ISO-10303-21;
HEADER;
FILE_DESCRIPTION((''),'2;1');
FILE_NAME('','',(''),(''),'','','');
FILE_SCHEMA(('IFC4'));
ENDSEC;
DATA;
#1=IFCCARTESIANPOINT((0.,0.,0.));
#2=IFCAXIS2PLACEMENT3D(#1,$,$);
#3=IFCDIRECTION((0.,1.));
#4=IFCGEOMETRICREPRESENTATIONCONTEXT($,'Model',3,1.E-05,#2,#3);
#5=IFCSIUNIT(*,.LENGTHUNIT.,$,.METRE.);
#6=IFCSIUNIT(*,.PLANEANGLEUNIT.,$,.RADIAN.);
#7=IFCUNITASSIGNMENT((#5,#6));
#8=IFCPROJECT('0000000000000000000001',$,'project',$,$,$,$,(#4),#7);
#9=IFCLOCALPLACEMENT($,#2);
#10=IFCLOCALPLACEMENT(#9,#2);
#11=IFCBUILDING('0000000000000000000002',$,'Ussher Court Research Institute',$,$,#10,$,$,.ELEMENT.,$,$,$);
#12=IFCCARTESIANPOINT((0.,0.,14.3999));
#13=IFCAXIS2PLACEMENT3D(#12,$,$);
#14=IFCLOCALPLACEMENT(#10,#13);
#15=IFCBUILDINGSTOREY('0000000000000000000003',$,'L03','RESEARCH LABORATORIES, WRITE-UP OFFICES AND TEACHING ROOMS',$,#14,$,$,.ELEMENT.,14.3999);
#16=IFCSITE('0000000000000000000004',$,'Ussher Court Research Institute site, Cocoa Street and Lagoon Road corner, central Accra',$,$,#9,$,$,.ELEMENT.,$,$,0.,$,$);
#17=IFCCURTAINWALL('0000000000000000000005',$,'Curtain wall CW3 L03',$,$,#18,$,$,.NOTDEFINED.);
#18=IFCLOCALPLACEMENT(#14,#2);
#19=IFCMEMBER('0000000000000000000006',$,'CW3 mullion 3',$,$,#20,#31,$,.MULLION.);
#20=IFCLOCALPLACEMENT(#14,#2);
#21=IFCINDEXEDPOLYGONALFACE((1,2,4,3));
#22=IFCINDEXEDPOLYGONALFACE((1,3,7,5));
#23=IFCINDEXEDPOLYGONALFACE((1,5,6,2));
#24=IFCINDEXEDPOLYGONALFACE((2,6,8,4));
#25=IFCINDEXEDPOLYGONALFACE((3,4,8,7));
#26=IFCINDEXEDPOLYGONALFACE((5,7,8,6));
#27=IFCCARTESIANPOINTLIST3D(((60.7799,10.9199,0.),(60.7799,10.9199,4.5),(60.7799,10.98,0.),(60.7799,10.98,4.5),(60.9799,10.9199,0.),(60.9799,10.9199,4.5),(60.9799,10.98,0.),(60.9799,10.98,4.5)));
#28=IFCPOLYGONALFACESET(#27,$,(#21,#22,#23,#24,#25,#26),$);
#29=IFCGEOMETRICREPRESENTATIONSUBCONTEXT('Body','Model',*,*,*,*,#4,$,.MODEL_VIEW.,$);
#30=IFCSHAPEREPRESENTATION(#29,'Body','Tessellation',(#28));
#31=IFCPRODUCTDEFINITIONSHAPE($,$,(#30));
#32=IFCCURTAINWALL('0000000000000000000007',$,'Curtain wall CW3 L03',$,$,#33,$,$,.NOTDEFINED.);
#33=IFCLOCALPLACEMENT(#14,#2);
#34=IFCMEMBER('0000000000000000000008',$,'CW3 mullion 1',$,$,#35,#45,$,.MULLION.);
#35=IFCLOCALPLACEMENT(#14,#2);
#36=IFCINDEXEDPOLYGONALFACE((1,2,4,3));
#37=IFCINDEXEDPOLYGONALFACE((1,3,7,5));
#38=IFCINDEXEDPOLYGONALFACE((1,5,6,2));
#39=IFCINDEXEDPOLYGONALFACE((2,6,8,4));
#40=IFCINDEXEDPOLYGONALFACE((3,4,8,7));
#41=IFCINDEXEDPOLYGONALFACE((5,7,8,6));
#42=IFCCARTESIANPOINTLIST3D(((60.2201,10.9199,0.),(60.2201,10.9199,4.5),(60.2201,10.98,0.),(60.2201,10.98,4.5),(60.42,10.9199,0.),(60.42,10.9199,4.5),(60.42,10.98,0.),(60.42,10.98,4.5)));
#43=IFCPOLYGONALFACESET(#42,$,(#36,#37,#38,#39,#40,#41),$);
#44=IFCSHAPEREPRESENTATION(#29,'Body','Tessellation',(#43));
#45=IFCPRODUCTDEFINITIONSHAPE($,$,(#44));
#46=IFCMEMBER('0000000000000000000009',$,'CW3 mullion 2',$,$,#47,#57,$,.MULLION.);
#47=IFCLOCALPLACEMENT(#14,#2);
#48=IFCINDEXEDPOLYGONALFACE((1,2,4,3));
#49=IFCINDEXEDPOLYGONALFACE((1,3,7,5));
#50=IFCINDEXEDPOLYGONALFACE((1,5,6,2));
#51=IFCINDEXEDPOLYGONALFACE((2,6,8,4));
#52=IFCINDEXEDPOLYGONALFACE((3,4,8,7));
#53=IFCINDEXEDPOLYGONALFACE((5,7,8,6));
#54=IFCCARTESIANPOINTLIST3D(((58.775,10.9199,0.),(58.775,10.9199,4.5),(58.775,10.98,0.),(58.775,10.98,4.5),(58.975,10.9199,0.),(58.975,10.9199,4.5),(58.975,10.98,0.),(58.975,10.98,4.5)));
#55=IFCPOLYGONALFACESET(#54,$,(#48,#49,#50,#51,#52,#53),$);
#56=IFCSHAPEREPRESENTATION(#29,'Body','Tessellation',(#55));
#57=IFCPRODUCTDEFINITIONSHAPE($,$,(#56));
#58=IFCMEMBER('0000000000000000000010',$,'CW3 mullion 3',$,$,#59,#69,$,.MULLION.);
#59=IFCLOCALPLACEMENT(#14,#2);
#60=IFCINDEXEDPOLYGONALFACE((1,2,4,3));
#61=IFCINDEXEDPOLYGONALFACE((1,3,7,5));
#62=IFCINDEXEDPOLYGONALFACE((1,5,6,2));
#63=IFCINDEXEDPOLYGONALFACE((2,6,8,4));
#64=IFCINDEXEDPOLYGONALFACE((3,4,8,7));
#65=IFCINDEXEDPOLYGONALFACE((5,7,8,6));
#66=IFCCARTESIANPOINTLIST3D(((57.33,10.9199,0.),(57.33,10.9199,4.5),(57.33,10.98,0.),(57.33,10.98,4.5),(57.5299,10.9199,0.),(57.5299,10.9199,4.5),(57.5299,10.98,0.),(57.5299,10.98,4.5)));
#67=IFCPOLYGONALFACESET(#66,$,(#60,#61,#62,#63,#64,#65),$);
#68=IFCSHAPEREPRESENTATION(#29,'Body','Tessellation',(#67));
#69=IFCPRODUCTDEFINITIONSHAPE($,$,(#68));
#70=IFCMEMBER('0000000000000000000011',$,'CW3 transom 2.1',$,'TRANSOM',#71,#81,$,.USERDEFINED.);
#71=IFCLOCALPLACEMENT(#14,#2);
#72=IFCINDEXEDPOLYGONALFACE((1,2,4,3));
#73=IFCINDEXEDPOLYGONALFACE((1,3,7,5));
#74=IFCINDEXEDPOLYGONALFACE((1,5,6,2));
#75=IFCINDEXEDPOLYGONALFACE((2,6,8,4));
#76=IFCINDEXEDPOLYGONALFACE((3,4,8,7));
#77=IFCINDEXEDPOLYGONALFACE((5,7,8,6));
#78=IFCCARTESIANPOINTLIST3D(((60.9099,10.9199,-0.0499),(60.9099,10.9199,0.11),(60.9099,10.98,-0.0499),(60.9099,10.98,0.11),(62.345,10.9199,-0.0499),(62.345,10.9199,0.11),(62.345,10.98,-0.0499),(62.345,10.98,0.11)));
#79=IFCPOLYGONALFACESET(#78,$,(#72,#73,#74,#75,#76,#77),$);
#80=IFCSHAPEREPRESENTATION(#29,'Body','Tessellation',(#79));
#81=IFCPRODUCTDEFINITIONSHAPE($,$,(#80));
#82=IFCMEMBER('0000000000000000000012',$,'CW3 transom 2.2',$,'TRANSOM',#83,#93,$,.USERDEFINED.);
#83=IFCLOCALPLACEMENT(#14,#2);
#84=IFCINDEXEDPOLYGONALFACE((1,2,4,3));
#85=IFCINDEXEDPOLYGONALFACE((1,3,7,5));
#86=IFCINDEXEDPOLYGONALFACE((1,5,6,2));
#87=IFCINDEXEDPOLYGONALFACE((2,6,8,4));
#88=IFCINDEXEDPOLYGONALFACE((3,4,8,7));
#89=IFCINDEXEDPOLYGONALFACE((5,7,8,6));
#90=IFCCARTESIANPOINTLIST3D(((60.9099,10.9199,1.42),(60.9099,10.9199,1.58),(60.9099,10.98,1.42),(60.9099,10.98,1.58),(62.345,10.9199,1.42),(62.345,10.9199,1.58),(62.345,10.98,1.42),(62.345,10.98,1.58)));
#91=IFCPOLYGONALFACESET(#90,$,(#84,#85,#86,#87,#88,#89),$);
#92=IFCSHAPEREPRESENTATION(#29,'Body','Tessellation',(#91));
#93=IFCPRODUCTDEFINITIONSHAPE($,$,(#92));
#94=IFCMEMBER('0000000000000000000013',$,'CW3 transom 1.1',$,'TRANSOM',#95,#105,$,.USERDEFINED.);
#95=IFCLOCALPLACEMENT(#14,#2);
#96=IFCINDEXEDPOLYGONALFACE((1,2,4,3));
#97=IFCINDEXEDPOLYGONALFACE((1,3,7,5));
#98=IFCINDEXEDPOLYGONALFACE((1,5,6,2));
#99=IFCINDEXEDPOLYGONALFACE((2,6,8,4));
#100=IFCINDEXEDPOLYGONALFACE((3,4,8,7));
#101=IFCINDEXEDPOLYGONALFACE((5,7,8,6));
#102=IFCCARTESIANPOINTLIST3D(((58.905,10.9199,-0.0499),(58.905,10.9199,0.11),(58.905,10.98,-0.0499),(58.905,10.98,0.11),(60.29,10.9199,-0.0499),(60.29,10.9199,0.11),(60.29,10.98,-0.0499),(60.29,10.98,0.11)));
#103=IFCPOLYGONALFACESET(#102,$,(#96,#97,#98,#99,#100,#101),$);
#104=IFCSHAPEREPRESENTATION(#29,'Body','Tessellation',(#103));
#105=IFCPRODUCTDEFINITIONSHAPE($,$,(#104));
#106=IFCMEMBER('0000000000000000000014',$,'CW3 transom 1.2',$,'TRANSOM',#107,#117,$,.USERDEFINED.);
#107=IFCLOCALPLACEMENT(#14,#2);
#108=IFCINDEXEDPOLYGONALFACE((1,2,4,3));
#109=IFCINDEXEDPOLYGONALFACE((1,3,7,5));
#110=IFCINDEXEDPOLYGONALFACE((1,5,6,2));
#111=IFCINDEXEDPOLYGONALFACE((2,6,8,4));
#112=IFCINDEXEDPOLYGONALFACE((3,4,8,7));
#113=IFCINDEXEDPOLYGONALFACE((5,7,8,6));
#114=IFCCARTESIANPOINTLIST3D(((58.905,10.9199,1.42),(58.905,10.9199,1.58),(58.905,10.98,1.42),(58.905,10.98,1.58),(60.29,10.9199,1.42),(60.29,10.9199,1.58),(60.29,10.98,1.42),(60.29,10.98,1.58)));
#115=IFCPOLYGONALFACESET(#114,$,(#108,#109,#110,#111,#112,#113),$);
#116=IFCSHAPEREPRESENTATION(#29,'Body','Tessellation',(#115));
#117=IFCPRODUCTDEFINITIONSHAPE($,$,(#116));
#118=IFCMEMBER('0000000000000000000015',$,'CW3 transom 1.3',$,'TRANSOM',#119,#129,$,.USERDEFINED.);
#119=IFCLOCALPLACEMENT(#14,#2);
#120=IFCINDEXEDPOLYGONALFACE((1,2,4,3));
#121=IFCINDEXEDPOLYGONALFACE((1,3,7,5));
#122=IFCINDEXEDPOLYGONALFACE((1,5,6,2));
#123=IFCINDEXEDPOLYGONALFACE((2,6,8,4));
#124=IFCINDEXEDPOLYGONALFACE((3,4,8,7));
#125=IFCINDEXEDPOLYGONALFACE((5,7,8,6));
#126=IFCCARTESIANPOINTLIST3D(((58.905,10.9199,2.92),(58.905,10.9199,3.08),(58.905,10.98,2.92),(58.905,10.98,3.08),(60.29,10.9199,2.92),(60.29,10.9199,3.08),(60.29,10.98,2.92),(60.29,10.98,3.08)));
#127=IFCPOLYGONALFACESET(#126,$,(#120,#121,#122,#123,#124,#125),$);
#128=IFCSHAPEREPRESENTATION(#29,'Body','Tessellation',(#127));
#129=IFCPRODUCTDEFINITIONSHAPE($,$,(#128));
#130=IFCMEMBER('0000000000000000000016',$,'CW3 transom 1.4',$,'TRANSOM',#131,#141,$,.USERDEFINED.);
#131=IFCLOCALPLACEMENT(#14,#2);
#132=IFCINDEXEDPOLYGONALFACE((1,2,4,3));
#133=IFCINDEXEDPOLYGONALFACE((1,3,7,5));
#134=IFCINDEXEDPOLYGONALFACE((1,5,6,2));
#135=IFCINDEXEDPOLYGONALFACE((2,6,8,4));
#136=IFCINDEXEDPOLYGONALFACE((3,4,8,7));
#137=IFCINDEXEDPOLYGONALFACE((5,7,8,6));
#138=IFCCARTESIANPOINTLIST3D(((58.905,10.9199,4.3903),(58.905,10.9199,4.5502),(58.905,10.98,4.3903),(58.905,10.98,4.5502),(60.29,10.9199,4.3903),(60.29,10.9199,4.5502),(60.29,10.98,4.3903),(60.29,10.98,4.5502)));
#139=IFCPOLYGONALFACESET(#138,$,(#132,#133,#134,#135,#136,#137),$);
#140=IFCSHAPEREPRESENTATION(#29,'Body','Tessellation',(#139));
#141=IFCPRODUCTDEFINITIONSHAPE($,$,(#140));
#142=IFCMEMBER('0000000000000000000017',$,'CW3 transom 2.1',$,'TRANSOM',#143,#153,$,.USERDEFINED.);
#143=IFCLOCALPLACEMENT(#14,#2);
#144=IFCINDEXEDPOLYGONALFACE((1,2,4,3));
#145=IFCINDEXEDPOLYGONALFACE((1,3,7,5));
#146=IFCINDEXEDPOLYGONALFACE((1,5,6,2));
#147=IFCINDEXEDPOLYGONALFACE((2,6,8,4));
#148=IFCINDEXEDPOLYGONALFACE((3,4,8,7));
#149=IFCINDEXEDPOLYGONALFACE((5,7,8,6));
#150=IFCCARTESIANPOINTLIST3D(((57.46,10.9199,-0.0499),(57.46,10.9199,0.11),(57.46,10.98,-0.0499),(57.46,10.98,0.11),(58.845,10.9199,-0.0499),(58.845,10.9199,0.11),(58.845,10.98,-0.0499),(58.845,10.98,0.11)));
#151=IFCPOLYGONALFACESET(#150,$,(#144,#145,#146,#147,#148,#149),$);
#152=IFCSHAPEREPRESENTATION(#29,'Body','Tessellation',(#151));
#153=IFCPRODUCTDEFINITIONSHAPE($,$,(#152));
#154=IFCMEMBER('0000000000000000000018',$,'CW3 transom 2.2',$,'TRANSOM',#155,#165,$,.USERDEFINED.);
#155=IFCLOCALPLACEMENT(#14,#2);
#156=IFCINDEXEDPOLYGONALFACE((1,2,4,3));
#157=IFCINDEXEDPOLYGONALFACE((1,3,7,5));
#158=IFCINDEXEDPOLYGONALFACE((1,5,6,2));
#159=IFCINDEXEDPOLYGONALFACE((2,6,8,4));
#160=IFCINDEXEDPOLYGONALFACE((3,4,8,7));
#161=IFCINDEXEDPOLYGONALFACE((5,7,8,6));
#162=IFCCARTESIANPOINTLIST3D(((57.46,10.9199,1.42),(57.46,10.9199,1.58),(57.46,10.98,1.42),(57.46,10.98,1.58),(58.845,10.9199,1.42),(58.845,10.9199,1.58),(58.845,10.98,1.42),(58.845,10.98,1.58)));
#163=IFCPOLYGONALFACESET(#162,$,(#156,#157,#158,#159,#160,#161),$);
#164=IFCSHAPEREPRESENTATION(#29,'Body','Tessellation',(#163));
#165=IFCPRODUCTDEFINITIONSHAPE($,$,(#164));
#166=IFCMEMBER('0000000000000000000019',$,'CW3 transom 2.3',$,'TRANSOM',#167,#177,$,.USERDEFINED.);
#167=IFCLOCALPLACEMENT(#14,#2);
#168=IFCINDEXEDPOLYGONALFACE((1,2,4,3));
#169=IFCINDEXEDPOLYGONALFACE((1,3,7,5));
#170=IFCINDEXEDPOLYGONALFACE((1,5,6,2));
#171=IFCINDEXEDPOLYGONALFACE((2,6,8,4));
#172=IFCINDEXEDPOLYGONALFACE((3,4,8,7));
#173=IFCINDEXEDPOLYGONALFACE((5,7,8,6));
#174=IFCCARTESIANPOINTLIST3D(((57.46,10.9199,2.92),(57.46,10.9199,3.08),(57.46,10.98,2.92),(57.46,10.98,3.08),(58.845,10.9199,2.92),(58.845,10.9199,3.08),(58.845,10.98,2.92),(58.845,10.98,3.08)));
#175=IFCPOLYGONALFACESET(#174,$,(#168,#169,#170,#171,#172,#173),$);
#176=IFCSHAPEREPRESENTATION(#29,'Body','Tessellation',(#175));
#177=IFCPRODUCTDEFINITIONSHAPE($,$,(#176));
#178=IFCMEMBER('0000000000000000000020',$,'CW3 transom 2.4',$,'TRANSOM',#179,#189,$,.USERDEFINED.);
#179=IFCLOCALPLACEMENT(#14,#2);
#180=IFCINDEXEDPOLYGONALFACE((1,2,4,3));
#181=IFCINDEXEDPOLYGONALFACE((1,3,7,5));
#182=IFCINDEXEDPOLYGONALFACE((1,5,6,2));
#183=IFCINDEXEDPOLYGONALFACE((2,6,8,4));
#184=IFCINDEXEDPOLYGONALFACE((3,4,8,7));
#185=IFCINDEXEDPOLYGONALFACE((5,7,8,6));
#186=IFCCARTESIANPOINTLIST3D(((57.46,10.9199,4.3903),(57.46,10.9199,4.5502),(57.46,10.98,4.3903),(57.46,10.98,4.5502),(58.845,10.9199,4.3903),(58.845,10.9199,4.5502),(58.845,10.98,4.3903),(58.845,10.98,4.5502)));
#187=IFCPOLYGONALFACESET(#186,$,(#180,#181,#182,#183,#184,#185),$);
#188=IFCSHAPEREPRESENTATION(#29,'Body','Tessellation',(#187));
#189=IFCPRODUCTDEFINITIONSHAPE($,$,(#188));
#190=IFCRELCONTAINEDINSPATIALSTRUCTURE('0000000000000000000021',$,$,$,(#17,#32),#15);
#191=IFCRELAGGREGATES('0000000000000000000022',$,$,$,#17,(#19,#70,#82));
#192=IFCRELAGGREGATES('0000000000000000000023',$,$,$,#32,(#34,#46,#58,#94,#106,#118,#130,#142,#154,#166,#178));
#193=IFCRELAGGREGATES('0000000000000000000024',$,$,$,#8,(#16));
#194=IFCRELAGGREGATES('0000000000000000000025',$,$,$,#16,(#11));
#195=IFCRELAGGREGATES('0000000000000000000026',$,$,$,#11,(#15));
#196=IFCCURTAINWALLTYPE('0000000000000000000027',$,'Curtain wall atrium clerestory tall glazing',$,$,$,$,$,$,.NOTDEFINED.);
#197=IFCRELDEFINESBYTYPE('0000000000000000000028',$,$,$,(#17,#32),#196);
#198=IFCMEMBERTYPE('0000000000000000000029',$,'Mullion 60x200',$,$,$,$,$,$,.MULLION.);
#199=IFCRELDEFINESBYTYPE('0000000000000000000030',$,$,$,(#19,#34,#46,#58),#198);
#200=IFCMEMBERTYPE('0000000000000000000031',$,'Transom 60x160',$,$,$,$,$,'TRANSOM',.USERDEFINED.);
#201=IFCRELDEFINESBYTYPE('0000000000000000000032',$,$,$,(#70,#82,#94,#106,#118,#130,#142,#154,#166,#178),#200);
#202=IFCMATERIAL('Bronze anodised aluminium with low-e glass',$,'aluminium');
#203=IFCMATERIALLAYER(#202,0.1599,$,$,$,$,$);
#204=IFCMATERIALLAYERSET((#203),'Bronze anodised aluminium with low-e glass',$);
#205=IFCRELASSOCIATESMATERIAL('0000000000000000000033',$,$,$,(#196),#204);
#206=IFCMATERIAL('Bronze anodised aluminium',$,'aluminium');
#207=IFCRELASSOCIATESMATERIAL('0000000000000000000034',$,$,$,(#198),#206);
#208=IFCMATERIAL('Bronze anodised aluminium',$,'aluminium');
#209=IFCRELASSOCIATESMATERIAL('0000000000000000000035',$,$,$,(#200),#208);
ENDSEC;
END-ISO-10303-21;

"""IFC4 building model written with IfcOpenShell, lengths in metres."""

from ifc_helpers import new_model, si_unit, direction, frame, origin, origin_2d, place, context, subcontext, project, spatial, rectangle, extrude, material, layer, layer_set, material_profile, profile_set, type_object, element, aggregate, save


model = new_model("IFC4")

# Units and contexts
model_context = context("Model", 3, precision=1e-05, world=origin(), true_north=direction((0.0, 1.0)))
body_context = subcontext(model_context, "Body", "Model", "MODEL_VIEW")
ifc_project = project(units=[si_unit("LENGTHUNIT", "METRE"), si_unit("PLANEANGLEUNIT", "RADIAN")], contexts=[model_context])

# Site, building, storey
site_placement = place(None, origin())
site = spatial("IfcSite", under=ifc_project, at=site_placement, Name="Ussher Court Research Institute site, Cocoa Street and Lagoon Road corner, central Accra", CompositionType="ELEMENT", RefElevation=0.0)
building_placement = place(site_placement, origin())
building = spatial("IfcBuilding", under=site, at=building_placement, Name="Ussher Court Research Institute", CompositionType="ELEMENT")
storey_placement = place(building_placement, frame((0.0, 0.0, 14.3999)))
storey = spatial("IfcBuildingStorey", under=building, at=storey_placement, Name="L03", Description="RESEARCH LABORATORIES, WRITE-UP OFFICES AND TEACHING ROOMS", CompositionType="ELEMENT", Elevation=14.3999)

# Curtain wall, member
ifc_material_1 = material(Name="Bronze anodised aluminium with low-e glass", Category="aluminium")
ifc_layer_1 = layer(ifc_material_1, 0.1599)
ifc_layer_set_1 = layer_set([ifc_layer_1], Name="Bronze anodised aluminium with low-e glass")
curtain_wall_type = type_object("IfcCurtainWallType", Name="Curtain wall atrium clerestory tall glazing", PredefinedType="NOTDEFINED", material=ifc_layer_set_1)
curtain_wall_1_placement = place(storey_placement, origin())
curtain_wall_1 = element("IfcCurtainWall", 1, at=curtain_wall_1_placement, inside=storey, type_object=curtain_wall_type, Name="Curtain wall CW3 L03", PredefinedType="NOTDEFINED")
ifc_material_2 = material(Name="Bronze anodised aluminium", Category="aluminium")
ifc_material_profile_1 = material_profile(ifc_material_2, rectangle(XDim=0.0601, YDim=0.2, at=origin_2d()), Name="Mullion 60x200")
ifc_profile_set_1 = profile_set([ifc_material_profile_1], Name="Bronze anodised aluminium")
member_type_1 = type_object("IfcMemberType", Name="Mullion 60x200", PredefinedType="MULLION", material=ifc_profile_set_1)
member_1_placement = place(storey_placement, frame((60.8799, 10.95, 0.0), z_axis=(0.0, 0.0, 1.0), x_axis=(0.0, -1.0, 0.0)))
member_1 = element("IfcMember", 2, at=member_1_placement, type_object=member_type_1, Name="CW3 mullion 3", PredefinedType="MULLION", context=body_context, shape_type="SweptSolid", body=[
    extrude(rectangle(XDim=0.0601, YDim=0.2, at=origin_2d()), origin(), (0.0, 0.0, 1.0), 4.5),
])

# Curtain wall, members
curtain_wall_2_placement = place(storey_placement, origin())
curtain_wall_2 = element("IfcCurtainWall", 3, at=curtain_wall_2_placement, inside=storey, type_object=curtain_wall_type, Name="Curtain wall CW3 L03", PredefinedType="NOTDEFINED")
member_2_placement = place(storey_placement, frame((60.3201, 10.95, 0.0), z_axis=(0.0, 0.0, 1.0), x_axis=(0.0, -1.0, 0.0)))
member_2 = element("IfcMember", 4, at=member_2_placement, type_object=member_type_1, Name="CW3 mullion 1", PredefinedType="MULLION", context=body_context, shape_type="SweptSolid", body=[
    extrude(rectangle(XDim=0.0601, YDim=0.2, at=origin_2d()), origin(), (0.0, 0.0, 1.0), 4.5),
])
member_3_placement = place(storey_placement, frame((58.875, 10.95, 0.0), z_axis=(0.0, 0.0, 1.0), x_axis=(0.0, -1.0, 0.0)))
member_3 = element("IfcMember", 5, at=member_3_placement, type_object=member_type_1, Name="CW3 mullion 2", PredefinedType="MULLION", context=body_context, shape_type="SweptSolid", body=[
    extrude(rectangle(XDim=0.0601, YDim=0.2, at=origin_2d()), origin(), (0.0, 0.0, 1.0), 4.5),
])
member_4_placement = place(storey_placement, frame((57.4299, 10.95, 0.0), z_axis=(0.0, 0.0, 1.0), x_axis=(0.0, -1.0, 0.0)))
member_4 = element("IfcMember", 6, at=member_4_placement, type_object=member_type_1, Name="CW3 mullion 3", PredefinedType="MULLION", context=body_context, shape_type="SweptSolid", body=[
    extrude(rectangle(XDim=0.0601, YDim=0.2, at=origin_2d()), origin(), (0.0, 0.0, 1.0), 4.5),
])

# Members
ifc_material_3 = material(Name="Bronze anodised aluminium", Category="aluminium")
ifc_material_profile_2 = material_profile(ifc_material_3, rectangle(XDim=0.0601, YDim=0.1599, at=origin_2d()), Name="Transom 60x160")
ifc_profile_set_2 = profile_set([ifc_material_profile_2], Name="Bronze anodised aluminium")
member_type_2 = type_object("IfcMemberType", Name="Transom 60x160", ElementType="TRANSOM", PredefinedType="USERDEFINED", material=ifc_profile_set_2)
member_5_placement = place(storey_placement, frame((62.345, 10.95, 0.03), z_axis=(-1.0, 0.0, 0.0), x_axis=(0.0, -1.0, 0.0)))
member_5 = element("IfcMember", 7, at=member_5_placement, type_object=member_type_2, Name="CW3 transom 2.1", ObjectType="TRANSOM", PredefinedType="USERDEFINED", context=body_context, shape_type="SweptSolid", body=[
    extrude(rectangle(XDim=0.0601, YDim=0.1599, at=origin_2d()), origin(), (0.0, 0.0, 1.0), 1.4351),
])
member_6_placement = place(storey_placement, frame((62.345, 10.95, 1.5), z_axis=(-1.0, 0.0, 0.0), x_axis=(0.0, -1.0, 0.0)))
member_6 = element("IfcMember", 8, at=member_6_placement, type_object=member_type_2, Name="CW3 transom 2.2", ObjectType="TRANSOM", PredefinedType="USERDEFINED", context=body_context, shape_type="SweptSolid", body=[
    extrude(rectangle(XDim=0.0601, YDim=0.1599, at=origin_2d()), origin(), (0.0, 0.0, 1.0), 1.4351),
])
member_7_placement = place(storey_placement, frame((60.29, 10.95, 0.03), z_axis=(-1.0, 0.0, 0.0), x_axis=(0.0, -1.0, 0.0)))
member_7 = element("IfcMember", 9, at=member_7_placement, type_object=member_type_2, Name="CW3 transom 1.1", ObjectType="TRANSOM", PredefinedType="USERDEFINED", context=body_context, shape_type="SweptSolid", body=[
    extrude(rectangle(XDim=0.0601, YDim=0.1599, at=origin_2d()), origin(), (0.0, 0.0, 1.0), 1.385),
])
member_8_placement = place(storey_placement, frame((60.29, 10.95, 1.5), z_axis=(-1.0, 0.0, 0.0), x_axis=(0.0, -1.0, 0.0)))
member_8 = element("IfcMember", 10, at=member_8_placement, type_object=member_type_2, Name="CW3 transom 1.2", ObjectType="TRANSOM", PredefinedType="USERDEFINED", context=body_context, shape_type="SweptSolid", body=[
    extrude(rectangle(XDim=0.0601, YDim=0.1599, at=origin_2d()), origin(), (0.0, 0.0, 1.0), 1.385),
])
member_9_placement = place(storey_placement, frame((60.29, 10.95, 3.0), z_axis=(-1.0, 0.0, 0.0), x_axis=(0.0, -1.0, 0.0)))
member_9 = element("IfcMember", 11, at=member_9_placement, type_object=member_type_2, Name="CW3 transom 1.3", ObjectType="TRANSOM", PredefinedType="USERDEFINED", context=body_context, shape_type="SweptSolid", body=[
    extrude(rectangle(XDim=0.0601, YDim=0.1599, at=origin_2d()), origin(), (0.0, 0.0, 1.0), 1.385),
])
member_10_placement = place(storey_placement, frame((60.29, 10.95, 4.4702), z_axis=(-1.0, 0.0, 0.0), x_axis=(0.0, -1.0, 0.0)))
member_10 = element("IfcMember", 12, at=member_10_placement, type_object=member_type_2, Name="CW3 transom 1.4", ObjectType="TRANSOM", PredefinedType="USERDEFINED", context=body_context, shape_type="SweptSolid", body=[
    extrude(rectangle(XDim=0.0601, YDim=0.1599, at=origin_2d()), origin(), (0.0, 0.0, 1.0), 1.385),
])
member_11_placement = place(storey_placement, frame((58.845, 10.95, 0.03), z_axis=(-1.0, 0.0, 0.0), x_axis=(0.0, -1.0, 0.0)))
member_11 = element("IfcMember", 13, at=member_11_placement, type_object=member_type_2, Name="CW3 transom 2.1", ObjectType="TRANSOM", PredefinedType="USERDEFINED", context=body_context, shape_type="SweptSolid", body=[
    extrude(rectangle(XDim=0.0601, YDim=0.1599, at=origin_2d()), origin(), (0.0, 0.0, 1.0), 1.385),
])
member_12_placement = place(storey_placement, frame((58.845, 10.95, 1.5), z_axis=(-1.0, 0.0, 0.0), x_axis=(0.0, -1.0, 0.0)))
member_12 = element("IfcMember", 14, at=member_12_placement, type_object=member_type_2, Name="CW3 transom 2.2", ObjectType="TRANSOM", PredefinedType="USERDEFINED", context=body_context, shape_type="SweptSolid", body=[
    extrude(rectangle(XDim=0.0601, YDim=0.1599, at=origin_2d()), origin(), (0.0, 0.0, 1.0), 1.385),
])
member_13_placement = place(storey_placement, frame((58.845, 10.95, 3.0), z_axis=(-1.0, 0.0, 0.0), x_axis=(0.0, -1.0, 0.0)))
member_13 = element("IfcMember", 15, at=member_13_placement, type_object=member_type_2, Name="CW3 transom 2.3", ObjectType="TRANSOM", PredefinedType="USERDEFINED", context=body_context, shape_type="SweptSolid", body=[
    extrude(rectangle(XDim=0.0601, YDim=0.1599, at=origin_2d()), origin(), (0.0, 0.0, 1.0), 1.385),
])
member_14_placement = place(storey_placement, frame((58.845, 10.95, 4.4702), z_axis=(-1.0, 0.0, 0.0), x_axis=(0.0, -1.0, 0.0)))
member_14 = element("IfcMember", 16, at=member_14_placement, type_object=member_type_2, Name="CW3 transom 2.4", ObjectType="TRANSOM", PredefinedType="USERDEFINED", context=body_context, shape_type="SweptSolid", body=[
    extrude(rectangle(XDim=0.0601, YDim=0.1599, at=origin_2d()), origin(), (0.0, 0.0, 1.0), 1.385),
])

aggregate(curtain_wall_1, [member_1, member_5, member_6])
aggregate(curtain_wall_2, [member_2, member_3, member_4, member_7, member_8, member_9, member_10, member_11, member_12, member_13, member_14])

save(model, "model.ifc")
